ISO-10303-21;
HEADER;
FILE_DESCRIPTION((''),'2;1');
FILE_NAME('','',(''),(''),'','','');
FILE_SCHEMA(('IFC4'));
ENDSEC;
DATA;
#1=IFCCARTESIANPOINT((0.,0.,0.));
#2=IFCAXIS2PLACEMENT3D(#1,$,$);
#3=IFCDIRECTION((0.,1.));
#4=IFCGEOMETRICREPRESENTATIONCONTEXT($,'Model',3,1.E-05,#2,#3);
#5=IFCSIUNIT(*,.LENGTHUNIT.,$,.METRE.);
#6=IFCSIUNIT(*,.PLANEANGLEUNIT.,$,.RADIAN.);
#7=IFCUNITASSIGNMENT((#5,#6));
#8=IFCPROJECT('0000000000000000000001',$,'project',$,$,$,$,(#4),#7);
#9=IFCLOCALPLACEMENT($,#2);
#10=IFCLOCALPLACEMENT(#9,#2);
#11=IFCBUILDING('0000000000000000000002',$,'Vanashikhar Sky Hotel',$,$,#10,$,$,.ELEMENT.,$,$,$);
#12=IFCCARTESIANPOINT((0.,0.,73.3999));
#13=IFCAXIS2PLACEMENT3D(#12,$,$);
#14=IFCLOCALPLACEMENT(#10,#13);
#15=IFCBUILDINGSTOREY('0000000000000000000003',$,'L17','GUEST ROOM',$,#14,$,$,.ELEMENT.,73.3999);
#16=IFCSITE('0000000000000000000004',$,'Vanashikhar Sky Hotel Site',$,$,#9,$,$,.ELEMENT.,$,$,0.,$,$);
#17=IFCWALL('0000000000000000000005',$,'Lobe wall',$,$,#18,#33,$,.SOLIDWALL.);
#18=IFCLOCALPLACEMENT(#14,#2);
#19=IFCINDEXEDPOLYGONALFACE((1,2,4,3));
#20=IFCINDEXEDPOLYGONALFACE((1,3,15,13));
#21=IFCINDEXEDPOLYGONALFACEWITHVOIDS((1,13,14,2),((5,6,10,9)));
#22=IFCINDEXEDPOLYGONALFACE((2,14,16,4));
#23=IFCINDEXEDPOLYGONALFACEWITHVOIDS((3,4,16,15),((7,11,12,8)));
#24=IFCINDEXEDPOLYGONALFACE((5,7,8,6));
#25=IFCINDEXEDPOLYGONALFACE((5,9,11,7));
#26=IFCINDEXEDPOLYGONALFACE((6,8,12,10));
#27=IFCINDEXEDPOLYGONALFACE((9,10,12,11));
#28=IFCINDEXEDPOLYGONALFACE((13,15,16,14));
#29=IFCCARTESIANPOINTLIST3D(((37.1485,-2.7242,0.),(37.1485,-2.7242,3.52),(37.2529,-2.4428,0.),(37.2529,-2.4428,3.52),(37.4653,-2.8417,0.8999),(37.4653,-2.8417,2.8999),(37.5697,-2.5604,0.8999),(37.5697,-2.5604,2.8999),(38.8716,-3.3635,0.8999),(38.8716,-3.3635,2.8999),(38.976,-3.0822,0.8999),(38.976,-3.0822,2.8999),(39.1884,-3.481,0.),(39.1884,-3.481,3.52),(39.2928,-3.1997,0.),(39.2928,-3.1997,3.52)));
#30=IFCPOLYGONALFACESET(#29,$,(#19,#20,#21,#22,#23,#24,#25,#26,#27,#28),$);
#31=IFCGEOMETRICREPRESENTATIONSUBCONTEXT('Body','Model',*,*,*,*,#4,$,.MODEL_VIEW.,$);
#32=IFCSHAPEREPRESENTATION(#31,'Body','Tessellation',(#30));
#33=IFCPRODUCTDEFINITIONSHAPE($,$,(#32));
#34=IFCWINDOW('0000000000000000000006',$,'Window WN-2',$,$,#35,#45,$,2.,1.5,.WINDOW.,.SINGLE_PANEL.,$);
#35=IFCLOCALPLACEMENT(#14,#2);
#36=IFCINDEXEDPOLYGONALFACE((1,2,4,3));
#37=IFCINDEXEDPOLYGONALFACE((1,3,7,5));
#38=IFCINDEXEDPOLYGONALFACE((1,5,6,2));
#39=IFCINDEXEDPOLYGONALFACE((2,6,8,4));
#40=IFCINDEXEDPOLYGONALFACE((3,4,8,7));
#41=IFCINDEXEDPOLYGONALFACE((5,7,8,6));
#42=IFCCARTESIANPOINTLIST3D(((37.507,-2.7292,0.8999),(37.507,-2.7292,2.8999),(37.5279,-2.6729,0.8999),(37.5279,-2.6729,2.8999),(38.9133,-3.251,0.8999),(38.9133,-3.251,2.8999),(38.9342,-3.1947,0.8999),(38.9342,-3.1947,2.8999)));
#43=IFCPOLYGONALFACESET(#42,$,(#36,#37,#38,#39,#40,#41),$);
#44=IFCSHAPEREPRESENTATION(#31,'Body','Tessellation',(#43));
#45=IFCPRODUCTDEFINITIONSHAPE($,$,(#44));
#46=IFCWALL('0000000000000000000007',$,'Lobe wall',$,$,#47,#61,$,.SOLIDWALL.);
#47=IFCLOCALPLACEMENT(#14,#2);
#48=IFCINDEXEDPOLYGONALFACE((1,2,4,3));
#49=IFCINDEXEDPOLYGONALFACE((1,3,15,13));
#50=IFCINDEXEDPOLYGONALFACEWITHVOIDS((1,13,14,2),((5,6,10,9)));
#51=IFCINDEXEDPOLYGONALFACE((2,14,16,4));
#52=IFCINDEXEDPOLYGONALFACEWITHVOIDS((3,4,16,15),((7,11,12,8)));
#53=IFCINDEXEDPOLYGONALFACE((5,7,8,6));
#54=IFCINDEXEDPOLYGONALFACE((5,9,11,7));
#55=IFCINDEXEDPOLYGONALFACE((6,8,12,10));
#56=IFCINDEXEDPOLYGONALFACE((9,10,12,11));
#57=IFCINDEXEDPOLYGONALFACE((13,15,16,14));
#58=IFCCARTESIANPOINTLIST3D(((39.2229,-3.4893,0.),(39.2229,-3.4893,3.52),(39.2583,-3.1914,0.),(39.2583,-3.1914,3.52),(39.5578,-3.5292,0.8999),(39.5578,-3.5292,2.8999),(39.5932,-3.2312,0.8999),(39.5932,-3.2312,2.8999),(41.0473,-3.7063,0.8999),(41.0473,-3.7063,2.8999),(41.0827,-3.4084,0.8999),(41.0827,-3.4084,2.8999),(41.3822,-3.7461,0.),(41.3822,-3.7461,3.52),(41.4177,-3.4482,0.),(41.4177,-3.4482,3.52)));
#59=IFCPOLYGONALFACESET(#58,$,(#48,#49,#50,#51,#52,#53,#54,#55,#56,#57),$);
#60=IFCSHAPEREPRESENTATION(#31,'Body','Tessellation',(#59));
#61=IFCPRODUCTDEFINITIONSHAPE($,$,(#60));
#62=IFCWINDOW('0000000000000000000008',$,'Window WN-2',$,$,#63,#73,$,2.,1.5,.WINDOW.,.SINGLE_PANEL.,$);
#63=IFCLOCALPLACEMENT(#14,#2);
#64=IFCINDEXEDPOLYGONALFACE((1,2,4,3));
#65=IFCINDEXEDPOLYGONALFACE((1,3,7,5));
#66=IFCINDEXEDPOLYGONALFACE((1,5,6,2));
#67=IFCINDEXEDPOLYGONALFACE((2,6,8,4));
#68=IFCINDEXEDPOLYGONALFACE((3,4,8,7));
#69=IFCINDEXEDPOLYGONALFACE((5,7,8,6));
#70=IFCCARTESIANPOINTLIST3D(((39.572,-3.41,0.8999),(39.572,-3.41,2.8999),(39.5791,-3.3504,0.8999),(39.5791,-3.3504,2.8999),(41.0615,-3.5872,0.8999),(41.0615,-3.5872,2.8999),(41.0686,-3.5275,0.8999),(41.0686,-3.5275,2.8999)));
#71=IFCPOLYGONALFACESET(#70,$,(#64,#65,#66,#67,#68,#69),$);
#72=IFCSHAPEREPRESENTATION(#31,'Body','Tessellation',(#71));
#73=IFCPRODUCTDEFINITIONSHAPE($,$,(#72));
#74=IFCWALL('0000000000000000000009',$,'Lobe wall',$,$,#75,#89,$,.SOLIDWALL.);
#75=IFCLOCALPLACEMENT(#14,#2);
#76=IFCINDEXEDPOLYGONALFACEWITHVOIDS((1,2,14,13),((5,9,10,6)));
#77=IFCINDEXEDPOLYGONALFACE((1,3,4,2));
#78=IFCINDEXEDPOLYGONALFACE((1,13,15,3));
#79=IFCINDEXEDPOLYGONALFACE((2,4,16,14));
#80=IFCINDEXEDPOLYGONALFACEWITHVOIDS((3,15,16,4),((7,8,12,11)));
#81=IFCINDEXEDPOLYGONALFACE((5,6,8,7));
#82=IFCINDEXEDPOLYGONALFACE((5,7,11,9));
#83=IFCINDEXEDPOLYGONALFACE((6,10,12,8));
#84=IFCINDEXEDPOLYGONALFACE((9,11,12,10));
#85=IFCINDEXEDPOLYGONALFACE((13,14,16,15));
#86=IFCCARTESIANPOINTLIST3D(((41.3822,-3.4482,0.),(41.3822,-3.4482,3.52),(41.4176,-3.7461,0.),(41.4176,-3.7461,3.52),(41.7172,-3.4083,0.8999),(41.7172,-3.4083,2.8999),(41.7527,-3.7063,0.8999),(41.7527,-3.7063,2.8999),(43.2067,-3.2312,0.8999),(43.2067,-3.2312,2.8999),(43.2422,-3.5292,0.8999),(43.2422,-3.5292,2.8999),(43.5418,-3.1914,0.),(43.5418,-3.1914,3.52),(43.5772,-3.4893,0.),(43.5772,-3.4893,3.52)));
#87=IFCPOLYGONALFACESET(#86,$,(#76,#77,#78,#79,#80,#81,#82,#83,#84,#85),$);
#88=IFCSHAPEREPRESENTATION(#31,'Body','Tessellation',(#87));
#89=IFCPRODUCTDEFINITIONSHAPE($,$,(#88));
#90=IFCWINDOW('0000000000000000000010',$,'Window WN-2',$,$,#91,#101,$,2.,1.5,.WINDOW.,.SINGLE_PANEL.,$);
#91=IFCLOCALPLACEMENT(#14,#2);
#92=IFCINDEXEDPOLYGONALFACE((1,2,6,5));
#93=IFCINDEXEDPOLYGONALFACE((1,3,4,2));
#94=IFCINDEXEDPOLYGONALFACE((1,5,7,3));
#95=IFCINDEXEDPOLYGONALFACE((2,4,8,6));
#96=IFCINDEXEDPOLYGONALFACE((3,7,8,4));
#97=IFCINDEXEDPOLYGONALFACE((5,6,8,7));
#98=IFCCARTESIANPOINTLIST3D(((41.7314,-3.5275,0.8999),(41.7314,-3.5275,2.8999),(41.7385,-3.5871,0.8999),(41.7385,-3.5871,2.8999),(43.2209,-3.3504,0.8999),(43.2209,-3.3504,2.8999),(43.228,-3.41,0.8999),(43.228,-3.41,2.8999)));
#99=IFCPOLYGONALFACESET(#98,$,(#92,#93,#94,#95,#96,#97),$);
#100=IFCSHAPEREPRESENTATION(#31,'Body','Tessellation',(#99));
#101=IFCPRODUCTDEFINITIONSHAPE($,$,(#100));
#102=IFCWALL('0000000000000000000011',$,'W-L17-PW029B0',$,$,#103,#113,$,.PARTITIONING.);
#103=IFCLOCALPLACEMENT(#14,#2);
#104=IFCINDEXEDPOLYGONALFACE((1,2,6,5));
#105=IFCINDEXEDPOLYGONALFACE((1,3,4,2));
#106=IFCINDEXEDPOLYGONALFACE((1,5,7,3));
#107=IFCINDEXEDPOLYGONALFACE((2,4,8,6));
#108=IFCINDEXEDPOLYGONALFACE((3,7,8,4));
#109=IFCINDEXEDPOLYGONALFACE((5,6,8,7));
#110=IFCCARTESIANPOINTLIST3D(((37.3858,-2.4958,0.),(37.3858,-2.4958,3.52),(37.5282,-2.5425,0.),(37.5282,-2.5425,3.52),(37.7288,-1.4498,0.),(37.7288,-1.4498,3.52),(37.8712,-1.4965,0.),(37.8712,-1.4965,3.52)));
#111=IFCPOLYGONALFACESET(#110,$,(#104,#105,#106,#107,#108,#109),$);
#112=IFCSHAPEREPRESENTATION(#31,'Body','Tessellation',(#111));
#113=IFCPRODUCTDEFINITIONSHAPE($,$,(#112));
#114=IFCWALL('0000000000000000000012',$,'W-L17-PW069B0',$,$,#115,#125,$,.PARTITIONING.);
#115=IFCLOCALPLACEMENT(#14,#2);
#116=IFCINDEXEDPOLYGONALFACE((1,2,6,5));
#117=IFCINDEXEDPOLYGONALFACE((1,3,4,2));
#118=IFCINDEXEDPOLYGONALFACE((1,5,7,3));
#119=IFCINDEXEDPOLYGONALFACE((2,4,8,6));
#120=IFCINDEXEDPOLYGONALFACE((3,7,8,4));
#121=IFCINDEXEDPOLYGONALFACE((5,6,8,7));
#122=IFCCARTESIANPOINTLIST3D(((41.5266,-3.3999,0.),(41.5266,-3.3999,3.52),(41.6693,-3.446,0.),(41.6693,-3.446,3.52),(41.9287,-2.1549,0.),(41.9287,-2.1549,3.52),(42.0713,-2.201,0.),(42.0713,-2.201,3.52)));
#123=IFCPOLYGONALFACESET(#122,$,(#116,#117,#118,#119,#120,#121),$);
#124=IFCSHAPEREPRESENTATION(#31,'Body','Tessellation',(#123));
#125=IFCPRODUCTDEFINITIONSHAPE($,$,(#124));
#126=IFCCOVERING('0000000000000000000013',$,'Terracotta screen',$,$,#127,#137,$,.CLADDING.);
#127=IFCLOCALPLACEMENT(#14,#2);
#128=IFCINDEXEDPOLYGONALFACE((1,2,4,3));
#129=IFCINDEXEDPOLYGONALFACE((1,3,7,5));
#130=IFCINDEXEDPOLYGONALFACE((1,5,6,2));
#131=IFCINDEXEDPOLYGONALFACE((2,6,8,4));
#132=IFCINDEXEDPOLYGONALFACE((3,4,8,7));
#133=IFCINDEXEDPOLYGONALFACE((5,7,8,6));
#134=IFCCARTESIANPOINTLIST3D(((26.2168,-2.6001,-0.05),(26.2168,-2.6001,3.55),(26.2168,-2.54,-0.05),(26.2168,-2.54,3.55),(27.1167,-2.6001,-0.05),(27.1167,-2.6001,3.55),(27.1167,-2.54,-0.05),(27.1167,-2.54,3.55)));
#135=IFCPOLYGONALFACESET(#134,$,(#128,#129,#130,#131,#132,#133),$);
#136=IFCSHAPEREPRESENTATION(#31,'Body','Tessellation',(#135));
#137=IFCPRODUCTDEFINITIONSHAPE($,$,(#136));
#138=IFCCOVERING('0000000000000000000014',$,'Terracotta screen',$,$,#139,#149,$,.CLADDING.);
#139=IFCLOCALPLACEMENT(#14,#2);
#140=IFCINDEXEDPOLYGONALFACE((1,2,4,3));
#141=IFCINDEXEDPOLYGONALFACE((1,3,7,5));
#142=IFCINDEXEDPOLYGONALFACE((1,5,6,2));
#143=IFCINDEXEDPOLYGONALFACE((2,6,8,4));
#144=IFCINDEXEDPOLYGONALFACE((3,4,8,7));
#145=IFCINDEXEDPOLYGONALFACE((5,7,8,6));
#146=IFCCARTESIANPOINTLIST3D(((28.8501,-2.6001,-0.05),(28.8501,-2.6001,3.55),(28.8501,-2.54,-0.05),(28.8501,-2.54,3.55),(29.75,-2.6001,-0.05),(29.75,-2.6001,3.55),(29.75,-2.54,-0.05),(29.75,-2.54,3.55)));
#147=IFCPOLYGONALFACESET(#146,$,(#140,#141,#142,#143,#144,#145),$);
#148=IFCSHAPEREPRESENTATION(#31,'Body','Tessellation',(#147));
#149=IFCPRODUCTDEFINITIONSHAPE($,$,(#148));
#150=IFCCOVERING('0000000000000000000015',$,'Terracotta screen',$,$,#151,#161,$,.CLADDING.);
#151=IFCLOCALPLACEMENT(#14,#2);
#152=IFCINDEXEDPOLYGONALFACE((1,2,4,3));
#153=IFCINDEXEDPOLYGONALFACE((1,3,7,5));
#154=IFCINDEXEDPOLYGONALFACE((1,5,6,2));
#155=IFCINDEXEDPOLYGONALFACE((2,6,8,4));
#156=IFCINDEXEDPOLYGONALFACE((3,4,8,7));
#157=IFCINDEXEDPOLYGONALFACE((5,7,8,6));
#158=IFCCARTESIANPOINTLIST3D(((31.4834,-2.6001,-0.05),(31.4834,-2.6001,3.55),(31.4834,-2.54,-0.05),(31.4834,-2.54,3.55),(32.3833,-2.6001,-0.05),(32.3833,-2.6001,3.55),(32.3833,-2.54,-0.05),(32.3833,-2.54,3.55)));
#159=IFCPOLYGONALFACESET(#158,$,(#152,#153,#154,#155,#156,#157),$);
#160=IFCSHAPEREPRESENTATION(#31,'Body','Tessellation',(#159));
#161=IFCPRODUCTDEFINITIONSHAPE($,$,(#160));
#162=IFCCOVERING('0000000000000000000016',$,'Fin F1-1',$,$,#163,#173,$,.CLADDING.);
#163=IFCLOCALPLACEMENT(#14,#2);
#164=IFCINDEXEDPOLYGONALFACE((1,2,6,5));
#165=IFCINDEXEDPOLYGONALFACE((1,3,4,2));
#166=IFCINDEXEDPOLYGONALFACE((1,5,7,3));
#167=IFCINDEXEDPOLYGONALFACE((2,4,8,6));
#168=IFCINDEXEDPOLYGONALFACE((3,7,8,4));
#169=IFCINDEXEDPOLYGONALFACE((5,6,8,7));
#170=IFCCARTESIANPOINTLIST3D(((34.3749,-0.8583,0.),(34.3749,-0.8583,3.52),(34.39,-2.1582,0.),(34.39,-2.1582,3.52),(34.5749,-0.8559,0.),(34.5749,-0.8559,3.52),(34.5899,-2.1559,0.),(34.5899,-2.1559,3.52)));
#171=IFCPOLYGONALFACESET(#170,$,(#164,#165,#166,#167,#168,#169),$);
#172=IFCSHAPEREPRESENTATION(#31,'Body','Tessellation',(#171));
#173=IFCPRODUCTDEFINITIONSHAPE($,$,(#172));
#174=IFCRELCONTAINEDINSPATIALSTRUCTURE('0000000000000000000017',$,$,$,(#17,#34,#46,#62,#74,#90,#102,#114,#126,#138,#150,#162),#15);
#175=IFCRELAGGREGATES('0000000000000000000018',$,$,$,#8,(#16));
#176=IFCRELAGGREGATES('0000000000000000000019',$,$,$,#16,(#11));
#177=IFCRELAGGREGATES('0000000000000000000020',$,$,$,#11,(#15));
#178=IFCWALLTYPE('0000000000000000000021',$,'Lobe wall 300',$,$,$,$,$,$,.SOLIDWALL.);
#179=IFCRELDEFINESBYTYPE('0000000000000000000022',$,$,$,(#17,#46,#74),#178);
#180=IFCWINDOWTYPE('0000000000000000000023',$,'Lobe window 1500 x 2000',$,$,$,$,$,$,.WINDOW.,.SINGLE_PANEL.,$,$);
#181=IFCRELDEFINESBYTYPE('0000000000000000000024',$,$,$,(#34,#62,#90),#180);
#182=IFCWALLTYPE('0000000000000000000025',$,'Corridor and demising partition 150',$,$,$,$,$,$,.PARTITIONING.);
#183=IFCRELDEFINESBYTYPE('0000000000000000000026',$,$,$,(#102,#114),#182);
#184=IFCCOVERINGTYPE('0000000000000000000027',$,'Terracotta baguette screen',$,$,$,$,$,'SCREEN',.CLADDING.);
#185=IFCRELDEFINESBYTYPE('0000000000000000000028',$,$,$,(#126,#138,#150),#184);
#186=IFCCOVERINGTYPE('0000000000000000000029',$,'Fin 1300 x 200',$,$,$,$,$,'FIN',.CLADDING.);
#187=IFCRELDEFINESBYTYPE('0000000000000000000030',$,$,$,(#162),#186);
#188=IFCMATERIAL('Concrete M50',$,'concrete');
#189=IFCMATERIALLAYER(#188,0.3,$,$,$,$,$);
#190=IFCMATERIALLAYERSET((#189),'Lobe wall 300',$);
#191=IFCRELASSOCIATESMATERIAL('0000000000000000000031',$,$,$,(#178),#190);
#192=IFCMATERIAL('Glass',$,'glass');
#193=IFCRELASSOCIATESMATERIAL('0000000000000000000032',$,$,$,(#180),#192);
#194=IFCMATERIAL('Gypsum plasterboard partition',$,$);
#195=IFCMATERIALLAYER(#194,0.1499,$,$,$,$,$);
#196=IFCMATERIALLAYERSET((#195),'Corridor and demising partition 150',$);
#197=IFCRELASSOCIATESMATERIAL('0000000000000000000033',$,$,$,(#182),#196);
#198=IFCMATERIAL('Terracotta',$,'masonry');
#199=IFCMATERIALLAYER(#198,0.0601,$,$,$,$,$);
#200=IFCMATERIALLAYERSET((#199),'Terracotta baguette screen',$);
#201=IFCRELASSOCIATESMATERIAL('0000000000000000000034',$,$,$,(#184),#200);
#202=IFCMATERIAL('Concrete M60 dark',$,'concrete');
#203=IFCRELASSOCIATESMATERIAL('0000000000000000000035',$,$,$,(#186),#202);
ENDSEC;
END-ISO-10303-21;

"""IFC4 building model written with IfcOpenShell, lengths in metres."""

from ifc_helpers import new_model, si_unit, direction, frame, frame_2d, origin, origin_2d, place, context, subcontext, project, spatial, rectangle, extrude, source, transform, mapped, material, layer, layer_set, material_profile, profile_set, type_object, element, fill, save


model = new_model("IFC4")

# Units and contexts
model_context = context("Model", 3, precision=1e-05, world=origin(), true_north=direction((0.0, 1.0)))
body_context = subcontext(model_context, "Body", "Model", "MODEL_VIEW")
ifc_project = project(units=[si_unit("LENGTHUNIT", "METRE"), si_unit("PLANEANGLEUNIT", "RADIAN")], contexts=[model_context])

# Site, building, storey
site_placement = place(None, origin())
site = spatial("IfcSite", under=ifc_project, at=site_placement, Name="Vanashikhar Sky Hotel Site", CompositionType="ELEMENT", RefElevation=0.0)
building_placement = place(site_placement, origin())
building = spatial("IfcBuilding", under=site, at=building_placement, Name="Vanashikhar Sky Hotel", CompositionType="ELEMENT")
storey_placement = place(building_placement, frame((0.0, 0.0, 73.3999)))
storey = spatial("IfcBuildingStorey", under=building, at=storey_placement, Name="L17", Description="GUEST ROOM", CompositionType="ELEMENT", Elevation=73.3999)

# Walls, openings, windows
ifc_material_1 = material(Name="Concrete M50", Category="concrete")
ifc_layer_1 = layer(ifc_material_1, 0.3)
ifc_layer_set_1 = layer_set([ifc_layer_1], Name="Lobe wall 300")
wall_type_1 = type_object("IfcWallType", Name="Lobe wall 300", PredefinedType="SOLIDWALL", material=ifc_layer_set_1)
shared_shape_1 = source(origin(), body_context, "Body", "SweptSolid", [
    extrude(rectangle(XDim=2.1758, YDim=0.3, at=frame_2d((1.0879, 0.0))), origin(), (0.0, 0.0, 1.0), 3.52),
])
wall_1_placement = place(storey_placement, frame((37.2007, -2.5835, 0.0), z_axis=(0.0, 0.0, 1.0), x_axis=(0.937546, -0.347863, 0.0)))
wall_1 = element("IfcWall", 1, at=wall_1_placement, inside=storey, type_object=wall_type_1, Name="Lobe wall", PredefinedType="SOLIDWALL", context=body_context, shape_type="MappedRepresentation", body=[
    mapped(shared_shape_1, transform((0.0, 0.0, 0.0), scale=1.0)),
])
shared_shape_2 = source(origin(), body_context, "Body", "SweptSolid", [
    extrude(rectangle(XDim=1.5, YDim=2.0, at=frame_2d((0.75, 1.0))), frame((0.0, 0.1602, 0.0), z_axis=(0.0, -1.0, 0.0), x_axis=(1.0, 0.0, 0.0)), (0.0, 0.0, 1.0), 0.3201),
])
opening_1_placement = place(wall_1_placement, frame((0.3379, 0.0, 0.8999)))
opening_1 = element("IfcOpeningElement", 2, at=opening_1_placement, cuts=wall_1, PredefinedType="OPENING", context=body_context, shape_type="MappedRepresentation", body=[
    mapped(shared_shape_2, transform((0.0, 0.0, 0.0), scale=1.0)),
])
ifc_material_2 = material(Name="Glass", Category="glass")
window_type = type_object("IfcWindowType", Name="Lobe window 1500 x 2000", PartitioningType="SINGLE_PANEL", PredefinedType="WINDOW", material=ifc_material_2)
shared_shape_3 = source(origin(), body_context, "Body", "SweptSolid", [
    extrude(rectangle(XDim=1.5, YDim=2.0, at=frame_2d((0.75, 1.0))), frame((0.0, 0.03, 0.0), z_axis=(0.0, -1.0, 0.0), x_axis=(1.0, 0.0, 0.0)), (0.0, 0.0, 1.0), 0.0601),
])
window_1_placement = place(opening_1_placement, origin())
window_1 = element("IfcWindow", 3, at=window_1_placement, inside=storey, type_object=window_type, Name="Window WN-2", OverallHeight=2.0, OverallWidth=1.5, PartitioningType="SINGLE_PANEL", PredefinedType="WINDOW", context=body_context, shape_type="MappedRepresentation", body=[
    mapped(shared_shape_3, transform((0.0, 0.0, 0.0), scale=1.0)),
])
fill(opening_1, window_1)
shared_shape_4 = source(origin(), body_context, "Body", "SweptSolid", [
    extrude(rectangle(XDim=2.1746, YDim=0.3, at=frame_2d((1.0874, 0.0))), origin(), (0.0, 0.0, 1.0), 3.52),
])
wall_2_placement = place(storey_placement, frame((39.2405, -3.3403, 0.0), z_axis=(0.0, 0.0, 1.0), x_axis=(0.993001, -0.118105, 0.0)))
wall_2 = element("IfcWall", 4, at=wall_2_placement, inside=storey, type_object=wall_type_1, Name="Lobe wall", PredefinedType="SOLIDWALL", context=body_context, shape_type="MappedRepresentation", body=[
    mapped(shared_shape_4, transform((0.0, 0.0, 0.0), scale=1.0)),
])
opening_2_placement = place(wall_2_placement, frame((0.3374, 0.0, 0.8999)))
opening_2 = element("IfcOpeningElement", 5, at=opening_2_placement, cuts=wall_2, PredefinedType="OPENING", context=body_context, shape_type="MappedRepresentation", body=[
    mapped(shared_shape_2, transform((0.0, 0.0, 0.0), scale=1.0)),
])
window_2_placement = place(opening_2_placement, origin())
window_2 = element("IfcWindow", 6, at=window_2_placement, inside=storey, type_object=window_type, Name="Window WN-2", OverallHeight=2.0, OverallWidth=1.5, PartitioningType="SINGLE_PANEL", PredefinedType="WINDOW", context=body_context, shape_type="MappedRepresentation", body=[
    mapped(shared_shape_3, transform((0.0, 0.0, 0.0), scale=1.0)),
])
fill(opening_2, window_2)
shared_shape_5 = source(origin(), body_context, "Body", "SweptSolid", [
    extrude(rectangle(XDim=2.1748, YDim=0.3, at=frame_2d((1.0874, 0.0))), origin(), (0.0, 0.0, 1.0), 3.52),
])
wall_3_placement = place(storey_placement, frame((41.3999, -3.5972, 0.0), z_axis=(0.0, 0.0, 1.0), x_axis=(0.993003, 0.118092, 0.0)))
wall_3 = element("IfcWall", 7, at=wall_3_placement, inside=storey, type_object=wall_type_1, Name="Lobe wall", PredefinedType="SOLIDWALL", context=body_context, shape_type="MappedRepresentation", body=[
    mapped(shared_shape_5, transform((0.0, 0.0, 0.0), scale=1.0)),
])
opening_3_placement = place(wall_3_placement, frame((0.3374, 0.0, 0.8999)))
opening_3 = element("IfcOpeningElement", 8, at=opening_3_placement, cuts=wall_3, PredefinedType="OPENING", context=body_context, shape_type="MappedRepresentation", body=[
    mapped(shared_shape_2, transform((0.0, 0.0, 0.0), scale=1.0)),
])
window_3_placement = place(opening_3_placement, origin())
window_3 = element("IfcWindow", 9, at=window_3_placement, inside=storey, type_object=window_type, Name="Window WN-2", OverallHeight=2.0, OverallWidth=1.5, PartitioningType="SINGLE_PANEL", PredefinedType="WINDOW", context=body_context, shape_type="MappedRepresentation", body=[
    mapped(shared_shape_3, transform((0.0, 0.0, 0.0), scale=1.0)),
])
fill(opening_3, window_3)

# Walls
ifc_material_3 = material(Name="Gypsum plasterboard partition")
ifc_layer_2 = layer(ifc_material_3, 0.1499)
ifc_layer_set_2 = layer_set([ifc_layer_2], Name="Corridor and demising partition 150")
wall_type_2 = type_object("IfcWallType", Name="Corridor and demising partition 150", PredefinedType="PARTITIONING", material=ifc_layer_set_2)
shared_shape_6 = source(origin(), body_context, "Body", "SweptSolid", [
    extrude(rectangle(XDim=1.1008, YDim=0.1499, at=frame_2d((0.5503, 0.0))), origin(), (0.0, 0.0, 1.0), 3.52),
])
wall_4_placement = place(storey_placement, frame((37.457, -2.519, 0.0), z_axis=(0.0, 0.0, 1.0), x_axis=(0.311567, 0.950224, 0.0)))
element("IfcWall", 10, at=wall_4_placement, inside=storey, type_object=wall_type_2, Name="W-L17-PW029B0", PredefinedType="PARTITIONING", context=body_context, shape_type="MappedRepresentation", body=[
    mapped(shared_shape_6, transform((0.0, 0.0, 0.0), scale=1.0)),
])
shared_shape_7 = source(origin(), body_context, "Body", "SweptSolid", [
    extrude(rectangle(XDim=1.3083, YDim=0.1499, at=frame_2d((0.6543, 0.0))), origin(), (0.0, 0.0, 1.0), 3.52),
])
wall_5_placement = place(storey_placement, frame((41.5979, -3.4231, 0.0), z_axis=(0.0, 0.0, 1.0), x_axis=(0.307314, 0.951608, 0.0)))
element("IfcWall", 11, at=wall_5_placement, inside=storey, type_object=wall_type_2, Name="W-L17-PW069B0", PredefinedType="PARTITIONING", context=body_context, shape_type="MappedRepresentation", body=[
    mapped(shared_shape_7, transform((0.0, 0.0, 0.0), scale=1.0)),
])

# Coverings
ifc_material_4 = material(Name="Terracotta", Category="masonry")
ifc_layer_3 = layer(ifc_material_4, 0.0601)
ifc_layer_set_3 = layer_set([ifc_layer_3], Name="Terracotta baguette screen")
covering_type_1 = type_object("IfcCoveringType", Name="Terracotta baguette screen", ElementType="SCREEN", PredefinedType="CLADDING", material=ifc_layer_set_3)
shared_shape_8 = source(origin(), body_context, "Body", "SweptSolid", [
    extrude(rectangle(XDim=0.8999, YDim=0.0601, at=origin_2d()), origin(), (0.0, 0.0, 1.0), 3.6001),
])
for number, where, z_axis, x_axis, name in (
    (12, (26.6667, -2.5701, -0.05), (0.0, 0.0, 1.0), (1.0, 0.0, 0.0), "Terracotta screen"),
    (13, (29.3, -2.5701, -0.05), (0.0, 0.0, 1.0), (1.0, 0.0, 0.0), "Terracotta screen"),
    (14, (31.9333, -2.5701, -0.05), (0.0, 0.0, 1.0), (1.0, 0.0, 0.0), "Terracotta screen"),
):
    element("IfcCovering", number, at=place(storey_placement, frame(where, z_axis=z_axis, x_axis=x_axis)), inside=storey, type_object=covering_type_1, Name=name, PredefinedType="CLADDING", context=body_context, shape_type="MappedRepresentation", body=[
        mapped(shared_shape_8, transform((0.0, 0.0, 0.0), scale=1.0)),
    ])
ifc_material_5 = material(Name="Concrete M60 dark", Category="concrete")
ifc_material_profile = material_profile(ifc_material_5, rectangle(XDim=1.3, YDim=0.2, at=origin_2d()))
ifc_profile_set = profile_set([ifc_material_profile], Name="Fin 1300 x 200")
covering_type_2 = type_object("IfcCoveringType", Name="Fin 1300 x 200", ElementType="FIN", PredefinedType="CLADDING", material=ifc_profile_set)
shared_shape_9 = source(origin(), body_context, "Body", "SweptSolid", [
    extrude(rectangle(XDim=1.3, YDim=0.2, at=origin_2d()), origin(), (0.0, 0.0, 1.0), 3.52),
])
for number, where, z_axis, x_axis, name in (
    (15, (34.4824, -1.5071, 0.0), (0.0, 0.0, 1.0), (0.011589, -0.999933, 0.0), "Fin F1-1"),
):
    element("IfcCovering", number, at=place(storey_placement, frame(where, z_axis=z_axis, x_axis=x_axis)), inside=storey, type_object=covering_type_2, Name=name, PredefinedType="CLADDING", context=body_context, shape_type="MappedRepresentation", body=[
        mapped(shared_shape_9, transform((0.0, 0.0, 0.0), scale=1.0)),
    ])

save(model, "model.ifc")
